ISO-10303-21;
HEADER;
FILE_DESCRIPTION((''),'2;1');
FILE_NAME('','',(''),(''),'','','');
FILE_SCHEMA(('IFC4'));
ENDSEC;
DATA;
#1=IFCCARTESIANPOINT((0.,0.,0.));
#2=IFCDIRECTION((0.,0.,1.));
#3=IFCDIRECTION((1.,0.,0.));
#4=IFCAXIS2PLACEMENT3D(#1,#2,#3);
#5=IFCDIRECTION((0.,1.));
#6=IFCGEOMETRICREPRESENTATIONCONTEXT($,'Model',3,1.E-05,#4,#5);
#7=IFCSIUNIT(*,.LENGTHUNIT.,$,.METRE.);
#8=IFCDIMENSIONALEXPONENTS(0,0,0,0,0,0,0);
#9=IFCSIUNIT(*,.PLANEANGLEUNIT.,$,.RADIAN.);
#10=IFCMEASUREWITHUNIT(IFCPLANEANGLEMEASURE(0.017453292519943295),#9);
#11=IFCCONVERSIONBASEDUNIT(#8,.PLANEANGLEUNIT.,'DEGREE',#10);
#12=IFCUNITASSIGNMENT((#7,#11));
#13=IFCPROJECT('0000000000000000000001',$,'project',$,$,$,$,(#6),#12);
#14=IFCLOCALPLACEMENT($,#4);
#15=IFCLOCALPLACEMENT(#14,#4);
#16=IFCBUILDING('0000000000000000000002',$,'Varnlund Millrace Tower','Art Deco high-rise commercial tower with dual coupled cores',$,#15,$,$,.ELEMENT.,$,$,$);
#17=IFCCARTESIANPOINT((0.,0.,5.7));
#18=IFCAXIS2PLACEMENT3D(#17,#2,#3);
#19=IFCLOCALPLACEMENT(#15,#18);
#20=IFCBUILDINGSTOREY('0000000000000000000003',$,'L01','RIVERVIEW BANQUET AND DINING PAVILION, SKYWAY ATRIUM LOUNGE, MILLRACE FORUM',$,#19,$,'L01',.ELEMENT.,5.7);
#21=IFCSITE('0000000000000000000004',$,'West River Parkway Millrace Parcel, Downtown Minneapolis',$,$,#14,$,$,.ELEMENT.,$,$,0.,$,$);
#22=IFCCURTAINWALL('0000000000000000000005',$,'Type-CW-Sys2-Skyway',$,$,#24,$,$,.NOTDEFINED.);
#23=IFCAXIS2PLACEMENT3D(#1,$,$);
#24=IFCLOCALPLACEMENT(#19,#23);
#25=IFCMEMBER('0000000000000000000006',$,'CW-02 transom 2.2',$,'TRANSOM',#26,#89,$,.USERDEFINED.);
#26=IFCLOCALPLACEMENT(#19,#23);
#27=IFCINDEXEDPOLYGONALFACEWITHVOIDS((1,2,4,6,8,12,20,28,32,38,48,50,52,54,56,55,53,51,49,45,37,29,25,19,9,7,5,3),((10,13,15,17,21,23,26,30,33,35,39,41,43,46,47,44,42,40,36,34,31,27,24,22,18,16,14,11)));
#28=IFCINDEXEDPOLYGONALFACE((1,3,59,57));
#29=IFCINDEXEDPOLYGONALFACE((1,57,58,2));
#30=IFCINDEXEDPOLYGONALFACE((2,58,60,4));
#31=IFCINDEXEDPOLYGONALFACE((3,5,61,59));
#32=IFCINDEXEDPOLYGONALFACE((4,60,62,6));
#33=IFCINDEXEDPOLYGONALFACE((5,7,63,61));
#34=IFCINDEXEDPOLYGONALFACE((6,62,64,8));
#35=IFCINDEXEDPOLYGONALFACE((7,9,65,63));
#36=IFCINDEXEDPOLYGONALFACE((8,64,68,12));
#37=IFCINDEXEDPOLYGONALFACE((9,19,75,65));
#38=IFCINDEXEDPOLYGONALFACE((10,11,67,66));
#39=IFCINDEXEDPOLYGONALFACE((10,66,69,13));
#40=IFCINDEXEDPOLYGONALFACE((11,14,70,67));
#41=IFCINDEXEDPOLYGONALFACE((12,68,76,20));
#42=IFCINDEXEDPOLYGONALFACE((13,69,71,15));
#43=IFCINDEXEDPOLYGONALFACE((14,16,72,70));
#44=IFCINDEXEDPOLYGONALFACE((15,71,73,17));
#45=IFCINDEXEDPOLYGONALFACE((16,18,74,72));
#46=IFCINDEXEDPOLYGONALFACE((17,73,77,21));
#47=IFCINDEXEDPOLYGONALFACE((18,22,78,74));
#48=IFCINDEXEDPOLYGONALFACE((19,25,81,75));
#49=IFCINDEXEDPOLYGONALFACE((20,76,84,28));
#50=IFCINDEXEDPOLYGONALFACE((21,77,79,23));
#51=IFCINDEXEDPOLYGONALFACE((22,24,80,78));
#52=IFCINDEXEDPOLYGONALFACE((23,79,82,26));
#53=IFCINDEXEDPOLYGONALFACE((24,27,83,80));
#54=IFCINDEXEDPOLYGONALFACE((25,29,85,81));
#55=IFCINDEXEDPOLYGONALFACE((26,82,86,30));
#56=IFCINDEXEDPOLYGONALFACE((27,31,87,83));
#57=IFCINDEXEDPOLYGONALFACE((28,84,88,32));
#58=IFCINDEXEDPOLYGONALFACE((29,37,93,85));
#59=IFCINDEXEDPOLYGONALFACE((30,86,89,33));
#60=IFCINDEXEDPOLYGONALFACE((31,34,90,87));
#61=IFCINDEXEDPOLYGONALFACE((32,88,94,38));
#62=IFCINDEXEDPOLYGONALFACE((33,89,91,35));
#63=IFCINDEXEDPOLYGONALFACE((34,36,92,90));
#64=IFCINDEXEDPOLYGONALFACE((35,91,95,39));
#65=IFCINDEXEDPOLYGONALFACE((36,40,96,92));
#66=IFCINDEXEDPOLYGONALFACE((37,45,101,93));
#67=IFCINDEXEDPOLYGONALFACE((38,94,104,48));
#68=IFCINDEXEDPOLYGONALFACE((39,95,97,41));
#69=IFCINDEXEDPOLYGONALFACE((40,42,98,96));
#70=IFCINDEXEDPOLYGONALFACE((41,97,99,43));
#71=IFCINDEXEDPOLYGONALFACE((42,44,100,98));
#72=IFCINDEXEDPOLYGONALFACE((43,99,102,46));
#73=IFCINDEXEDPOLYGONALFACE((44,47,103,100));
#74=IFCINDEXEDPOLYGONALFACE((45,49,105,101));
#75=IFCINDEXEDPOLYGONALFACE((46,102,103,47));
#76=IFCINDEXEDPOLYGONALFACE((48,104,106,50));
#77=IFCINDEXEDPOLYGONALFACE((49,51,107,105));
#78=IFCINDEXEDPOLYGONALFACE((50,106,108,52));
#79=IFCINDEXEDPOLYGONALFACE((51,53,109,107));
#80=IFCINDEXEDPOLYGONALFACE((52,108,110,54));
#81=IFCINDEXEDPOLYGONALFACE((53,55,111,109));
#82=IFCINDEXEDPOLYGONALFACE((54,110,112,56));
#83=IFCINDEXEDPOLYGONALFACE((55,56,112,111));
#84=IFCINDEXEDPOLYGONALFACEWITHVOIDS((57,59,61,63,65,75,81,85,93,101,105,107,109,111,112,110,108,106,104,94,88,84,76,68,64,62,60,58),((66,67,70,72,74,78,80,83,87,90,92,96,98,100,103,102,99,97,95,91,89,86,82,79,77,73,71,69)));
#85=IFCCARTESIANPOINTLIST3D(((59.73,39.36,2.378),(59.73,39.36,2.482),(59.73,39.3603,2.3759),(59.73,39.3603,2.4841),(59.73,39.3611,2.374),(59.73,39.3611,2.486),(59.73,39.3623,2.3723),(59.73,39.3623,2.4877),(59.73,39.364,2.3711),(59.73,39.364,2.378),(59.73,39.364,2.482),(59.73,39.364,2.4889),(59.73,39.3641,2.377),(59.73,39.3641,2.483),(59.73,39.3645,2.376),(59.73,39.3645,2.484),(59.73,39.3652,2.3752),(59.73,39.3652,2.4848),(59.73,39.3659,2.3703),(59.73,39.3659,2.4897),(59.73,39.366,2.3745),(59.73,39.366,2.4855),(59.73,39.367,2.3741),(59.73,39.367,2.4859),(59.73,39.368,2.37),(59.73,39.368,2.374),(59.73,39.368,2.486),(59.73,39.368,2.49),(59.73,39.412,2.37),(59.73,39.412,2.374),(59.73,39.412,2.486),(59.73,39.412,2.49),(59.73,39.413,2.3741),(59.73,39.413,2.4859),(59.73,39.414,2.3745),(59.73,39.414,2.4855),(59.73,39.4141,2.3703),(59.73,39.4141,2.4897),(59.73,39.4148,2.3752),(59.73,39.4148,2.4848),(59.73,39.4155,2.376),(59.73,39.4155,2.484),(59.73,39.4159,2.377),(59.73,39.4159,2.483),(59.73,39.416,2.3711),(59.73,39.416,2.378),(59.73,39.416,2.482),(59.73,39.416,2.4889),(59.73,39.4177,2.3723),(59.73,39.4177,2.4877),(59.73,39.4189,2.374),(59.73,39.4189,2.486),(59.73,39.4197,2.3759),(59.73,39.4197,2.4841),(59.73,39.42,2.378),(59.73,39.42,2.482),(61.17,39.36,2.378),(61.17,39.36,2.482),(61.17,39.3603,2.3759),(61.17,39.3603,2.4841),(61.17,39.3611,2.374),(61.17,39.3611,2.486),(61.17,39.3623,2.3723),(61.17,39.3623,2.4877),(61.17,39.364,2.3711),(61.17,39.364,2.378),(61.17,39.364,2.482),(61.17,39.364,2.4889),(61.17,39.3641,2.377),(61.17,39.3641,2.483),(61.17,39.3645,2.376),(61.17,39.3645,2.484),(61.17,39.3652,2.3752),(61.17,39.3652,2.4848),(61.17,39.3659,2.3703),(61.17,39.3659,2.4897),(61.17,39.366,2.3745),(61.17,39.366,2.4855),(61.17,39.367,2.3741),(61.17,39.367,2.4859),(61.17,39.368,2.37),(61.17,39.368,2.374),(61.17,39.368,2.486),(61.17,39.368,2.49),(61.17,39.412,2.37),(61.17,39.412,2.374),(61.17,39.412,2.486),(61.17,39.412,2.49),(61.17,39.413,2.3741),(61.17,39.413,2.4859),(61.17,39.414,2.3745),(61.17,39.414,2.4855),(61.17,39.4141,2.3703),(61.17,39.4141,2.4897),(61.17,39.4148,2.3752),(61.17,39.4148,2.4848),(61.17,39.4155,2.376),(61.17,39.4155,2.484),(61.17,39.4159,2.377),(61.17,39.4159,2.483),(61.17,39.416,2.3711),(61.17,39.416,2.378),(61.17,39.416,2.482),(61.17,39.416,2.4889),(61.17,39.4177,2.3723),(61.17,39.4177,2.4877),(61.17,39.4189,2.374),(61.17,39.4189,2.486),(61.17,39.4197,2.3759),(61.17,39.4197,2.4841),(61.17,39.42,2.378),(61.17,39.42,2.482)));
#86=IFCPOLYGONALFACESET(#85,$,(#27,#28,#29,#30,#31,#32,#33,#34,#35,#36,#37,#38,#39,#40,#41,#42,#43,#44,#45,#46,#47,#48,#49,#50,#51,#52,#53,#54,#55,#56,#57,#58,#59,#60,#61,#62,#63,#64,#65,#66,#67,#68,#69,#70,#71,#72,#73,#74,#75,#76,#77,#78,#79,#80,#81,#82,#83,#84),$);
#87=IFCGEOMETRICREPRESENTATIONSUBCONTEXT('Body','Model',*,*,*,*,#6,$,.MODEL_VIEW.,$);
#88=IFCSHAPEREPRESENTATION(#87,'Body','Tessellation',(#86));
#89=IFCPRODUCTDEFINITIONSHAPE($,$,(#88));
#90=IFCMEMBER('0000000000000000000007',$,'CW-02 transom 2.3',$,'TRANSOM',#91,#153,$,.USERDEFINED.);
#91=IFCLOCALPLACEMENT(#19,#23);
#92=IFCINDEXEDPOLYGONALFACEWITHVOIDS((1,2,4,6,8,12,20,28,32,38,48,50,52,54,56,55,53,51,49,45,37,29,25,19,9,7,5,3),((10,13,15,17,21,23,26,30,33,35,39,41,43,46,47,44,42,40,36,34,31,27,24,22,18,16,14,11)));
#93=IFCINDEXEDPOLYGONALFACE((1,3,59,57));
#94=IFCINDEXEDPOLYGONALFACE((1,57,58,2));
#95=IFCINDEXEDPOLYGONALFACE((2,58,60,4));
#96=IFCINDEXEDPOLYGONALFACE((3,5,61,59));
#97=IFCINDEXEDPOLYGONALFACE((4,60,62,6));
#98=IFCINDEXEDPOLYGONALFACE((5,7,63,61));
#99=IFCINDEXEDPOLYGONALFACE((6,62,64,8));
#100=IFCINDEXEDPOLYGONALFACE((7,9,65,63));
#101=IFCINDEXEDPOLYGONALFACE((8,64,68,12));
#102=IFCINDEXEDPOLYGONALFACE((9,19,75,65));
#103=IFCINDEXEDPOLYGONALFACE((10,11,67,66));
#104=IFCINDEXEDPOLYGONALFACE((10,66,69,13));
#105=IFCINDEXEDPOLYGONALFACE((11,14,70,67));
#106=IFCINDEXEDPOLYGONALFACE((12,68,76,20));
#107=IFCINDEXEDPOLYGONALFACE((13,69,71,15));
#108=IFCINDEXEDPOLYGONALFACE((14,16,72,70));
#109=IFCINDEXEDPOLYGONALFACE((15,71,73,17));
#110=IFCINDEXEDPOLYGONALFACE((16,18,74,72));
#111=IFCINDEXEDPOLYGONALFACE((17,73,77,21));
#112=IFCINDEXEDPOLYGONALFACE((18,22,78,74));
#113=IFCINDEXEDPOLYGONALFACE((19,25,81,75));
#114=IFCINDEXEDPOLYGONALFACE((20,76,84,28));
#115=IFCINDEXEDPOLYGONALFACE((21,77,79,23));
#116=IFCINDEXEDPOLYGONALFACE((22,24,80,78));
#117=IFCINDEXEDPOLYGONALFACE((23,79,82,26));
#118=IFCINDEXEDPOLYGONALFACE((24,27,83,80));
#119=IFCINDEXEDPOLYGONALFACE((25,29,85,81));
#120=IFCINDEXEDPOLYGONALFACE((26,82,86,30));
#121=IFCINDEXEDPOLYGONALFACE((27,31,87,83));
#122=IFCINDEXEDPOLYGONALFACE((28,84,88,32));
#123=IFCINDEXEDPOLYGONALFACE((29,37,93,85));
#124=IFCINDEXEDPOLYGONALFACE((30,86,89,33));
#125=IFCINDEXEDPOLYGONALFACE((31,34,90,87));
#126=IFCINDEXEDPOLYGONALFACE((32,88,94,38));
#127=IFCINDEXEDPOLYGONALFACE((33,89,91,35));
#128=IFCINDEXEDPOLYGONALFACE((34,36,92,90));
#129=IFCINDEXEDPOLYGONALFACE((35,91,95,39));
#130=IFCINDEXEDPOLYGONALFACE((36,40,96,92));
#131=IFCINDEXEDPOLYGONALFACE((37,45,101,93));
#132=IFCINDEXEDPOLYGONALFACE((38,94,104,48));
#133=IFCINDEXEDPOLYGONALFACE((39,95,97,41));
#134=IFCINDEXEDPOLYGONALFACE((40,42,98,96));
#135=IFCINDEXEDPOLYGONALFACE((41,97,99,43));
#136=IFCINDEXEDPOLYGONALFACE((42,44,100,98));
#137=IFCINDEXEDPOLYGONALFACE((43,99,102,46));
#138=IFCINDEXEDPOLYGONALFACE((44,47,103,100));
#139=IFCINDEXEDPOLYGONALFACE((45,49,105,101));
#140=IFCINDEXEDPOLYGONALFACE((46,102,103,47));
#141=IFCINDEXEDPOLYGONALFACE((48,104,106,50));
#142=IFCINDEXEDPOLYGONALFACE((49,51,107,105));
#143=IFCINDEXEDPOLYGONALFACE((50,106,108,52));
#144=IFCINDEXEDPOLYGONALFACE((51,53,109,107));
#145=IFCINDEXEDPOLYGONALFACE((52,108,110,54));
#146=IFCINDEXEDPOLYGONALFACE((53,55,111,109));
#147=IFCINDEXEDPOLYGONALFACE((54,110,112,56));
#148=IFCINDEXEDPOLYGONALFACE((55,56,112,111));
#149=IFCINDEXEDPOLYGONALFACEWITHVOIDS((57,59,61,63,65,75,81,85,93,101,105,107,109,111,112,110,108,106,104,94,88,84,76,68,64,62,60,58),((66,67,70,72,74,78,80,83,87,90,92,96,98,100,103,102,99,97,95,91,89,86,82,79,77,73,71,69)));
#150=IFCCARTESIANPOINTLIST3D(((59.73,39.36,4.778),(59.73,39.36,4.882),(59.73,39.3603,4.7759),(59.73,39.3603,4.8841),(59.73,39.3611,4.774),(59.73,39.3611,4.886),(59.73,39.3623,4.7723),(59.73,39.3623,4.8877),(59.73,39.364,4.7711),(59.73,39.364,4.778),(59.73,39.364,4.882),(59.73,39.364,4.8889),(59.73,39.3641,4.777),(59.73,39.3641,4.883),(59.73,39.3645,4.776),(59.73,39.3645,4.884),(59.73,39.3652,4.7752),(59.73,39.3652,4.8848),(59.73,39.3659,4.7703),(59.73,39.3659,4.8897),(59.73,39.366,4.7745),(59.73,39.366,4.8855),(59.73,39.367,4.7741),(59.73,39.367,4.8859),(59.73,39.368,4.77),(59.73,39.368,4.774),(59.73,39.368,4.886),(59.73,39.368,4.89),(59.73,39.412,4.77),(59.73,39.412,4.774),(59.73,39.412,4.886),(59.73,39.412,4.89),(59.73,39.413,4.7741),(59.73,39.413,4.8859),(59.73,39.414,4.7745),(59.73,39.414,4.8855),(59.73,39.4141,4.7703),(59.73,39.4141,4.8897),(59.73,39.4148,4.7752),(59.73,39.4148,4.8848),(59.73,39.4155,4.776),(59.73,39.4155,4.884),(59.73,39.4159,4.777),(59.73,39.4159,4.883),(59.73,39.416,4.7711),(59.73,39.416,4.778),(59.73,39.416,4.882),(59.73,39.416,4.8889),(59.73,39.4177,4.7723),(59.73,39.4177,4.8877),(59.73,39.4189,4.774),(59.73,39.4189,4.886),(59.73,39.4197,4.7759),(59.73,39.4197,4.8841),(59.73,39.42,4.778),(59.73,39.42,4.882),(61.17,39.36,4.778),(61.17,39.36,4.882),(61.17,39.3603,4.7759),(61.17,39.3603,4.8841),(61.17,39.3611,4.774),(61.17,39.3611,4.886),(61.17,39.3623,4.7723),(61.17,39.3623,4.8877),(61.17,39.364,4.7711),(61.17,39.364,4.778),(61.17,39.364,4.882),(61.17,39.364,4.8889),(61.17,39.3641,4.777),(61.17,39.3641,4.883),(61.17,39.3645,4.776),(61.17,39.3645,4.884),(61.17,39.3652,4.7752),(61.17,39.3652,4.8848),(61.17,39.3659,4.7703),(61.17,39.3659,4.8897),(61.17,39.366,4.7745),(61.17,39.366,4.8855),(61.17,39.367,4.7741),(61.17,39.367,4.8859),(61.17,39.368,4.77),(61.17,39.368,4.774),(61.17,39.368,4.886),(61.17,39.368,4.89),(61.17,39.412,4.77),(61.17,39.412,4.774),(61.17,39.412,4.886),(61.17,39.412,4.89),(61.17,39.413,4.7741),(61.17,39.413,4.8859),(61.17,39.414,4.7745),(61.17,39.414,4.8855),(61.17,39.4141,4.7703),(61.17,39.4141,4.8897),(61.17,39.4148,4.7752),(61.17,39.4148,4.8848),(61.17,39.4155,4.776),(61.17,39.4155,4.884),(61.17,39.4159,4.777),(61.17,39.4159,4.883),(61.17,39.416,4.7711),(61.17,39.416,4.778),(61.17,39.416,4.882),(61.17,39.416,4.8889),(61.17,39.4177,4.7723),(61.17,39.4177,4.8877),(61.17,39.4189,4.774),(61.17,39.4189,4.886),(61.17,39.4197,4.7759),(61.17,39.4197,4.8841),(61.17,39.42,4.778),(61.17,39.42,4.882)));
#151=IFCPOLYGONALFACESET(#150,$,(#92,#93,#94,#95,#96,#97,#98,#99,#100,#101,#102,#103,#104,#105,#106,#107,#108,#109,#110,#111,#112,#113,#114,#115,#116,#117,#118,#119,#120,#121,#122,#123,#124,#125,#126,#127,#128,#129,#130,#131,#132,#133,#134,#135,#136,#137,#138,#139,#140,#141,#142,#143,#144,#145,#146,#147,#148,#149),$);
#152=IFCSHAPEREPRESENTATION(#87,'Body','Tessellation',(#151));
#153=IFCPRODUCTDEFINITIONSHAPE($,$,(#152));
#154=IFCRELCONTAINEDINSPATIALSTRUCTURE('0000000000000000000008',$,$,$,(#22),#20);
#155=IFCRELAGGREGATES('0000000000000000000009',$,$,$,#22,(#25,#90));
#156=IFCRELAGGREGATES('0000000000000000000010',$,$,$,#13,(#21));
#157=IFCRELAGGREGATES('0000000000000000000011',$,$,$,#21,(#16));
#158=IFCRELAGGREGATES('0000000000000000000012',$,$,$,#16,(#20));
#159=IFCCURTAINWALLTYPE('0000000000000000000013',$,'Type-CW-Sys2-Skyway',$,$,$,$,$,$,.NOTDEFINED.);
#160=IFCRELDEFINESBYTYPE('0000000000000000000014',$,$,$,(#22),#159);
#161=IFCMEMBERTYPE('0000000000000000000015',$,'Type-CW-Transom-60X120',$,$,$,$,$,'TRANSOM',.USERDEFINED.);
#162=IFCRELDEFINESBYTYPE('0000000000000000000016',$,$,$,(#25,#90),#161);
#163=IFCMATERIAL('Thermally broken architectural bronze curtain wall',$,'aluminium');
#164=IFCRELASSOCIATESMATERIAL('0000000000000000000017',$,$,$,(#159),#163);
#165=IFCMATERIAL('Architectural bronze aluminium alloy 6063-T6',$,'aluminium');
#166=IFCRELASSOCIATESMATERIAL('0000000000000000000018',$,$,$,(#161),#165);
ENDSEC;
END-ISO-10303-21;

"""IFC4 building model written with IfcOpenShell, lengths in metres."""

from ifc_helpers import new_model, entity, si_unit, converted_unit, direction, frame, origin_with_axes, origin_2d_with_axis, place, context, subcontext, project, spatial, hollow_rectangle, extrude, material, material_profile, profile_set, type_object, element, aggregate, save


model = new_model("IFC4")

# Units and contexts
model_context = context("Model", 3, precision=1e-05, world=origin_with_axes(), true_north=direction((0.0, 1.0)))
body_context = subcontext(model_context, "Body", "Model", "MODEL_VIEW")
ifc_project = project(units=[si_unit("LENGTHUNIT", "METRE"), converted_unit("PLANEANGLEUNIT", "DEGREE", entity("IfcPlaneAngleMeasure", 0.017453292519943295), si_unit("PLANEANGLEUNIT", "RADIAN"), dimensions=[0, 0, 0, 0, 0, 0, 0])], contexts=[model_context])

# Site, building, storey
site_placement = place(None, origin_with_axes())
site = spatial("IfcSite", under=ifc_project, at=site_placement, Name="West River Parkway Millrace Parcel, Downtown Minneapolis", CompositionType="ELEMENT", RefElevation=0.0)
building_placement = place(site_placement, origin_with_axes())
building = spatial("IfcBuilding", under=site, at=building_placement, Name="Varnlund Millrace Tower", Description="Art Deco high-rise commercial tower with dual coupled cores", CompositionType="ELEMENT")
storey_placement = place(building_placement, frame((0.0, 0.0, 5.7), z_axis=(0.0, 0.0, 1.0), x_axis=(1.0, 0.0, 0.0)))
storey = spatial("IfcBuildingStorey", under=building, at=storey_placement, Name="L01", Description="RIVERVIEW BANQUET AND DINING PAVILION, SKYWAY ATRIUM LOUNGE, MILLRACE FORUM", LongName="L01", CompositionType="ELEMENT", Elevation=5.7)

# Curtain wall
ifc_material_1 = material(Name="Thermally broken architectural bronze curtain wall", Category="aluminium")
curtain_wall_type = type_object("IfcCurtainWallType", Name="Type-CW-Sys2-Skyway", PredefinedType="NOTDEFINED", material=ifc_material_1)
curtain_wall_1_placement = place(storey_placement, frame((58.2, 39.39, 0.0), z_axis=(0.0, 0.0, 1.0), x_axis=(1.0, 0.0, 0.0)))
curtain_wall_1 = element("IfcCurtainWall", 1, at=curtain_wall_1_placement, inside=storey, type_object=curtain_wall_type, Name="Type-CW-Sys2-Skyway", PredefinedType="NOTDEFINED")
ifc_material_2 = material(Name="Architectural bronze aluminium alloy 6063-T6", Category="aluminium")

# Members
ifc_material_profile_1 = material_profile(ifc_material_2, hollow_rectangle(XDim=0.06, YDim=0.12, WallThickness=0.004, InnerFilletRadius=0.004, OuterFilletRadius=0.008, at=origin_2d_with_axis()), Name="Architectural bronze aluminium alloy 6063-T6")
ifc_profile_set_1 = profile_set([ifc_material_profile_1], Name="Architectural bronze aluminium alloy 6063-T6")
member_type_1 = type_object("IfcMemberType", Name="Type-CW-Transom-60X120", ElementType="TRANSOM", PredefinedType="USERDEFINED", material=ifc_profile_set_1)
member_1_placement = place(storey_placement, frame((59.73, 39.39, 2.43), z_axis=(1.0, 0.0, 0.0), x_axis=(0.0, 1.0, 0.0)))
member_1 = element("IfcMember", 2, at=member_1_placement, type_object=member_type_1, Name="CW-02 transom 2.2", ObjectType="TRANSOM", PredefinedType="USERDEFINED", context=body_context, shape_type="SweptSolid", body=[
    extrude(hollow_rectangle(XDim=0.06, YDim=0.12, WallThickness=0.004, InnerFilletRadius=0.004, OuterFilletRadius=0.008, at=origin_2d_with_axis()), origin_with_axes(), (0.0, 0.0, 1.0), 1.44),
])
member_2_placement = place(storey_placement, frame((59.73, 39.39, 4.83), z_axis=(1.0, 0.0, 0.0), x_axis=(0.0, 1.0, 0.0)))
member_2 = element("IfcMember", 3, at=member_2_placement, type_object=member_type_1, Name="CW-02 transom 2.3", ObjectType="TRANSOM", PredefinedType="USERDEFINED", context=body_context, shape_type="SweptSolid", body=[
    extrude(hollow_rectangle(XDim=0.06, YDim=0.12, WallThickness=0.004, InnerFilletRadius=0.004, OuterFilletRadius=0.008, at=origin_2d_with_axis()), origin_with_axes(), (0.0, 0.0, 1.0), 1.44),
])

aggregate(curtain_wall_1, [member_1, member_2])

save(model, "model.ifc")
